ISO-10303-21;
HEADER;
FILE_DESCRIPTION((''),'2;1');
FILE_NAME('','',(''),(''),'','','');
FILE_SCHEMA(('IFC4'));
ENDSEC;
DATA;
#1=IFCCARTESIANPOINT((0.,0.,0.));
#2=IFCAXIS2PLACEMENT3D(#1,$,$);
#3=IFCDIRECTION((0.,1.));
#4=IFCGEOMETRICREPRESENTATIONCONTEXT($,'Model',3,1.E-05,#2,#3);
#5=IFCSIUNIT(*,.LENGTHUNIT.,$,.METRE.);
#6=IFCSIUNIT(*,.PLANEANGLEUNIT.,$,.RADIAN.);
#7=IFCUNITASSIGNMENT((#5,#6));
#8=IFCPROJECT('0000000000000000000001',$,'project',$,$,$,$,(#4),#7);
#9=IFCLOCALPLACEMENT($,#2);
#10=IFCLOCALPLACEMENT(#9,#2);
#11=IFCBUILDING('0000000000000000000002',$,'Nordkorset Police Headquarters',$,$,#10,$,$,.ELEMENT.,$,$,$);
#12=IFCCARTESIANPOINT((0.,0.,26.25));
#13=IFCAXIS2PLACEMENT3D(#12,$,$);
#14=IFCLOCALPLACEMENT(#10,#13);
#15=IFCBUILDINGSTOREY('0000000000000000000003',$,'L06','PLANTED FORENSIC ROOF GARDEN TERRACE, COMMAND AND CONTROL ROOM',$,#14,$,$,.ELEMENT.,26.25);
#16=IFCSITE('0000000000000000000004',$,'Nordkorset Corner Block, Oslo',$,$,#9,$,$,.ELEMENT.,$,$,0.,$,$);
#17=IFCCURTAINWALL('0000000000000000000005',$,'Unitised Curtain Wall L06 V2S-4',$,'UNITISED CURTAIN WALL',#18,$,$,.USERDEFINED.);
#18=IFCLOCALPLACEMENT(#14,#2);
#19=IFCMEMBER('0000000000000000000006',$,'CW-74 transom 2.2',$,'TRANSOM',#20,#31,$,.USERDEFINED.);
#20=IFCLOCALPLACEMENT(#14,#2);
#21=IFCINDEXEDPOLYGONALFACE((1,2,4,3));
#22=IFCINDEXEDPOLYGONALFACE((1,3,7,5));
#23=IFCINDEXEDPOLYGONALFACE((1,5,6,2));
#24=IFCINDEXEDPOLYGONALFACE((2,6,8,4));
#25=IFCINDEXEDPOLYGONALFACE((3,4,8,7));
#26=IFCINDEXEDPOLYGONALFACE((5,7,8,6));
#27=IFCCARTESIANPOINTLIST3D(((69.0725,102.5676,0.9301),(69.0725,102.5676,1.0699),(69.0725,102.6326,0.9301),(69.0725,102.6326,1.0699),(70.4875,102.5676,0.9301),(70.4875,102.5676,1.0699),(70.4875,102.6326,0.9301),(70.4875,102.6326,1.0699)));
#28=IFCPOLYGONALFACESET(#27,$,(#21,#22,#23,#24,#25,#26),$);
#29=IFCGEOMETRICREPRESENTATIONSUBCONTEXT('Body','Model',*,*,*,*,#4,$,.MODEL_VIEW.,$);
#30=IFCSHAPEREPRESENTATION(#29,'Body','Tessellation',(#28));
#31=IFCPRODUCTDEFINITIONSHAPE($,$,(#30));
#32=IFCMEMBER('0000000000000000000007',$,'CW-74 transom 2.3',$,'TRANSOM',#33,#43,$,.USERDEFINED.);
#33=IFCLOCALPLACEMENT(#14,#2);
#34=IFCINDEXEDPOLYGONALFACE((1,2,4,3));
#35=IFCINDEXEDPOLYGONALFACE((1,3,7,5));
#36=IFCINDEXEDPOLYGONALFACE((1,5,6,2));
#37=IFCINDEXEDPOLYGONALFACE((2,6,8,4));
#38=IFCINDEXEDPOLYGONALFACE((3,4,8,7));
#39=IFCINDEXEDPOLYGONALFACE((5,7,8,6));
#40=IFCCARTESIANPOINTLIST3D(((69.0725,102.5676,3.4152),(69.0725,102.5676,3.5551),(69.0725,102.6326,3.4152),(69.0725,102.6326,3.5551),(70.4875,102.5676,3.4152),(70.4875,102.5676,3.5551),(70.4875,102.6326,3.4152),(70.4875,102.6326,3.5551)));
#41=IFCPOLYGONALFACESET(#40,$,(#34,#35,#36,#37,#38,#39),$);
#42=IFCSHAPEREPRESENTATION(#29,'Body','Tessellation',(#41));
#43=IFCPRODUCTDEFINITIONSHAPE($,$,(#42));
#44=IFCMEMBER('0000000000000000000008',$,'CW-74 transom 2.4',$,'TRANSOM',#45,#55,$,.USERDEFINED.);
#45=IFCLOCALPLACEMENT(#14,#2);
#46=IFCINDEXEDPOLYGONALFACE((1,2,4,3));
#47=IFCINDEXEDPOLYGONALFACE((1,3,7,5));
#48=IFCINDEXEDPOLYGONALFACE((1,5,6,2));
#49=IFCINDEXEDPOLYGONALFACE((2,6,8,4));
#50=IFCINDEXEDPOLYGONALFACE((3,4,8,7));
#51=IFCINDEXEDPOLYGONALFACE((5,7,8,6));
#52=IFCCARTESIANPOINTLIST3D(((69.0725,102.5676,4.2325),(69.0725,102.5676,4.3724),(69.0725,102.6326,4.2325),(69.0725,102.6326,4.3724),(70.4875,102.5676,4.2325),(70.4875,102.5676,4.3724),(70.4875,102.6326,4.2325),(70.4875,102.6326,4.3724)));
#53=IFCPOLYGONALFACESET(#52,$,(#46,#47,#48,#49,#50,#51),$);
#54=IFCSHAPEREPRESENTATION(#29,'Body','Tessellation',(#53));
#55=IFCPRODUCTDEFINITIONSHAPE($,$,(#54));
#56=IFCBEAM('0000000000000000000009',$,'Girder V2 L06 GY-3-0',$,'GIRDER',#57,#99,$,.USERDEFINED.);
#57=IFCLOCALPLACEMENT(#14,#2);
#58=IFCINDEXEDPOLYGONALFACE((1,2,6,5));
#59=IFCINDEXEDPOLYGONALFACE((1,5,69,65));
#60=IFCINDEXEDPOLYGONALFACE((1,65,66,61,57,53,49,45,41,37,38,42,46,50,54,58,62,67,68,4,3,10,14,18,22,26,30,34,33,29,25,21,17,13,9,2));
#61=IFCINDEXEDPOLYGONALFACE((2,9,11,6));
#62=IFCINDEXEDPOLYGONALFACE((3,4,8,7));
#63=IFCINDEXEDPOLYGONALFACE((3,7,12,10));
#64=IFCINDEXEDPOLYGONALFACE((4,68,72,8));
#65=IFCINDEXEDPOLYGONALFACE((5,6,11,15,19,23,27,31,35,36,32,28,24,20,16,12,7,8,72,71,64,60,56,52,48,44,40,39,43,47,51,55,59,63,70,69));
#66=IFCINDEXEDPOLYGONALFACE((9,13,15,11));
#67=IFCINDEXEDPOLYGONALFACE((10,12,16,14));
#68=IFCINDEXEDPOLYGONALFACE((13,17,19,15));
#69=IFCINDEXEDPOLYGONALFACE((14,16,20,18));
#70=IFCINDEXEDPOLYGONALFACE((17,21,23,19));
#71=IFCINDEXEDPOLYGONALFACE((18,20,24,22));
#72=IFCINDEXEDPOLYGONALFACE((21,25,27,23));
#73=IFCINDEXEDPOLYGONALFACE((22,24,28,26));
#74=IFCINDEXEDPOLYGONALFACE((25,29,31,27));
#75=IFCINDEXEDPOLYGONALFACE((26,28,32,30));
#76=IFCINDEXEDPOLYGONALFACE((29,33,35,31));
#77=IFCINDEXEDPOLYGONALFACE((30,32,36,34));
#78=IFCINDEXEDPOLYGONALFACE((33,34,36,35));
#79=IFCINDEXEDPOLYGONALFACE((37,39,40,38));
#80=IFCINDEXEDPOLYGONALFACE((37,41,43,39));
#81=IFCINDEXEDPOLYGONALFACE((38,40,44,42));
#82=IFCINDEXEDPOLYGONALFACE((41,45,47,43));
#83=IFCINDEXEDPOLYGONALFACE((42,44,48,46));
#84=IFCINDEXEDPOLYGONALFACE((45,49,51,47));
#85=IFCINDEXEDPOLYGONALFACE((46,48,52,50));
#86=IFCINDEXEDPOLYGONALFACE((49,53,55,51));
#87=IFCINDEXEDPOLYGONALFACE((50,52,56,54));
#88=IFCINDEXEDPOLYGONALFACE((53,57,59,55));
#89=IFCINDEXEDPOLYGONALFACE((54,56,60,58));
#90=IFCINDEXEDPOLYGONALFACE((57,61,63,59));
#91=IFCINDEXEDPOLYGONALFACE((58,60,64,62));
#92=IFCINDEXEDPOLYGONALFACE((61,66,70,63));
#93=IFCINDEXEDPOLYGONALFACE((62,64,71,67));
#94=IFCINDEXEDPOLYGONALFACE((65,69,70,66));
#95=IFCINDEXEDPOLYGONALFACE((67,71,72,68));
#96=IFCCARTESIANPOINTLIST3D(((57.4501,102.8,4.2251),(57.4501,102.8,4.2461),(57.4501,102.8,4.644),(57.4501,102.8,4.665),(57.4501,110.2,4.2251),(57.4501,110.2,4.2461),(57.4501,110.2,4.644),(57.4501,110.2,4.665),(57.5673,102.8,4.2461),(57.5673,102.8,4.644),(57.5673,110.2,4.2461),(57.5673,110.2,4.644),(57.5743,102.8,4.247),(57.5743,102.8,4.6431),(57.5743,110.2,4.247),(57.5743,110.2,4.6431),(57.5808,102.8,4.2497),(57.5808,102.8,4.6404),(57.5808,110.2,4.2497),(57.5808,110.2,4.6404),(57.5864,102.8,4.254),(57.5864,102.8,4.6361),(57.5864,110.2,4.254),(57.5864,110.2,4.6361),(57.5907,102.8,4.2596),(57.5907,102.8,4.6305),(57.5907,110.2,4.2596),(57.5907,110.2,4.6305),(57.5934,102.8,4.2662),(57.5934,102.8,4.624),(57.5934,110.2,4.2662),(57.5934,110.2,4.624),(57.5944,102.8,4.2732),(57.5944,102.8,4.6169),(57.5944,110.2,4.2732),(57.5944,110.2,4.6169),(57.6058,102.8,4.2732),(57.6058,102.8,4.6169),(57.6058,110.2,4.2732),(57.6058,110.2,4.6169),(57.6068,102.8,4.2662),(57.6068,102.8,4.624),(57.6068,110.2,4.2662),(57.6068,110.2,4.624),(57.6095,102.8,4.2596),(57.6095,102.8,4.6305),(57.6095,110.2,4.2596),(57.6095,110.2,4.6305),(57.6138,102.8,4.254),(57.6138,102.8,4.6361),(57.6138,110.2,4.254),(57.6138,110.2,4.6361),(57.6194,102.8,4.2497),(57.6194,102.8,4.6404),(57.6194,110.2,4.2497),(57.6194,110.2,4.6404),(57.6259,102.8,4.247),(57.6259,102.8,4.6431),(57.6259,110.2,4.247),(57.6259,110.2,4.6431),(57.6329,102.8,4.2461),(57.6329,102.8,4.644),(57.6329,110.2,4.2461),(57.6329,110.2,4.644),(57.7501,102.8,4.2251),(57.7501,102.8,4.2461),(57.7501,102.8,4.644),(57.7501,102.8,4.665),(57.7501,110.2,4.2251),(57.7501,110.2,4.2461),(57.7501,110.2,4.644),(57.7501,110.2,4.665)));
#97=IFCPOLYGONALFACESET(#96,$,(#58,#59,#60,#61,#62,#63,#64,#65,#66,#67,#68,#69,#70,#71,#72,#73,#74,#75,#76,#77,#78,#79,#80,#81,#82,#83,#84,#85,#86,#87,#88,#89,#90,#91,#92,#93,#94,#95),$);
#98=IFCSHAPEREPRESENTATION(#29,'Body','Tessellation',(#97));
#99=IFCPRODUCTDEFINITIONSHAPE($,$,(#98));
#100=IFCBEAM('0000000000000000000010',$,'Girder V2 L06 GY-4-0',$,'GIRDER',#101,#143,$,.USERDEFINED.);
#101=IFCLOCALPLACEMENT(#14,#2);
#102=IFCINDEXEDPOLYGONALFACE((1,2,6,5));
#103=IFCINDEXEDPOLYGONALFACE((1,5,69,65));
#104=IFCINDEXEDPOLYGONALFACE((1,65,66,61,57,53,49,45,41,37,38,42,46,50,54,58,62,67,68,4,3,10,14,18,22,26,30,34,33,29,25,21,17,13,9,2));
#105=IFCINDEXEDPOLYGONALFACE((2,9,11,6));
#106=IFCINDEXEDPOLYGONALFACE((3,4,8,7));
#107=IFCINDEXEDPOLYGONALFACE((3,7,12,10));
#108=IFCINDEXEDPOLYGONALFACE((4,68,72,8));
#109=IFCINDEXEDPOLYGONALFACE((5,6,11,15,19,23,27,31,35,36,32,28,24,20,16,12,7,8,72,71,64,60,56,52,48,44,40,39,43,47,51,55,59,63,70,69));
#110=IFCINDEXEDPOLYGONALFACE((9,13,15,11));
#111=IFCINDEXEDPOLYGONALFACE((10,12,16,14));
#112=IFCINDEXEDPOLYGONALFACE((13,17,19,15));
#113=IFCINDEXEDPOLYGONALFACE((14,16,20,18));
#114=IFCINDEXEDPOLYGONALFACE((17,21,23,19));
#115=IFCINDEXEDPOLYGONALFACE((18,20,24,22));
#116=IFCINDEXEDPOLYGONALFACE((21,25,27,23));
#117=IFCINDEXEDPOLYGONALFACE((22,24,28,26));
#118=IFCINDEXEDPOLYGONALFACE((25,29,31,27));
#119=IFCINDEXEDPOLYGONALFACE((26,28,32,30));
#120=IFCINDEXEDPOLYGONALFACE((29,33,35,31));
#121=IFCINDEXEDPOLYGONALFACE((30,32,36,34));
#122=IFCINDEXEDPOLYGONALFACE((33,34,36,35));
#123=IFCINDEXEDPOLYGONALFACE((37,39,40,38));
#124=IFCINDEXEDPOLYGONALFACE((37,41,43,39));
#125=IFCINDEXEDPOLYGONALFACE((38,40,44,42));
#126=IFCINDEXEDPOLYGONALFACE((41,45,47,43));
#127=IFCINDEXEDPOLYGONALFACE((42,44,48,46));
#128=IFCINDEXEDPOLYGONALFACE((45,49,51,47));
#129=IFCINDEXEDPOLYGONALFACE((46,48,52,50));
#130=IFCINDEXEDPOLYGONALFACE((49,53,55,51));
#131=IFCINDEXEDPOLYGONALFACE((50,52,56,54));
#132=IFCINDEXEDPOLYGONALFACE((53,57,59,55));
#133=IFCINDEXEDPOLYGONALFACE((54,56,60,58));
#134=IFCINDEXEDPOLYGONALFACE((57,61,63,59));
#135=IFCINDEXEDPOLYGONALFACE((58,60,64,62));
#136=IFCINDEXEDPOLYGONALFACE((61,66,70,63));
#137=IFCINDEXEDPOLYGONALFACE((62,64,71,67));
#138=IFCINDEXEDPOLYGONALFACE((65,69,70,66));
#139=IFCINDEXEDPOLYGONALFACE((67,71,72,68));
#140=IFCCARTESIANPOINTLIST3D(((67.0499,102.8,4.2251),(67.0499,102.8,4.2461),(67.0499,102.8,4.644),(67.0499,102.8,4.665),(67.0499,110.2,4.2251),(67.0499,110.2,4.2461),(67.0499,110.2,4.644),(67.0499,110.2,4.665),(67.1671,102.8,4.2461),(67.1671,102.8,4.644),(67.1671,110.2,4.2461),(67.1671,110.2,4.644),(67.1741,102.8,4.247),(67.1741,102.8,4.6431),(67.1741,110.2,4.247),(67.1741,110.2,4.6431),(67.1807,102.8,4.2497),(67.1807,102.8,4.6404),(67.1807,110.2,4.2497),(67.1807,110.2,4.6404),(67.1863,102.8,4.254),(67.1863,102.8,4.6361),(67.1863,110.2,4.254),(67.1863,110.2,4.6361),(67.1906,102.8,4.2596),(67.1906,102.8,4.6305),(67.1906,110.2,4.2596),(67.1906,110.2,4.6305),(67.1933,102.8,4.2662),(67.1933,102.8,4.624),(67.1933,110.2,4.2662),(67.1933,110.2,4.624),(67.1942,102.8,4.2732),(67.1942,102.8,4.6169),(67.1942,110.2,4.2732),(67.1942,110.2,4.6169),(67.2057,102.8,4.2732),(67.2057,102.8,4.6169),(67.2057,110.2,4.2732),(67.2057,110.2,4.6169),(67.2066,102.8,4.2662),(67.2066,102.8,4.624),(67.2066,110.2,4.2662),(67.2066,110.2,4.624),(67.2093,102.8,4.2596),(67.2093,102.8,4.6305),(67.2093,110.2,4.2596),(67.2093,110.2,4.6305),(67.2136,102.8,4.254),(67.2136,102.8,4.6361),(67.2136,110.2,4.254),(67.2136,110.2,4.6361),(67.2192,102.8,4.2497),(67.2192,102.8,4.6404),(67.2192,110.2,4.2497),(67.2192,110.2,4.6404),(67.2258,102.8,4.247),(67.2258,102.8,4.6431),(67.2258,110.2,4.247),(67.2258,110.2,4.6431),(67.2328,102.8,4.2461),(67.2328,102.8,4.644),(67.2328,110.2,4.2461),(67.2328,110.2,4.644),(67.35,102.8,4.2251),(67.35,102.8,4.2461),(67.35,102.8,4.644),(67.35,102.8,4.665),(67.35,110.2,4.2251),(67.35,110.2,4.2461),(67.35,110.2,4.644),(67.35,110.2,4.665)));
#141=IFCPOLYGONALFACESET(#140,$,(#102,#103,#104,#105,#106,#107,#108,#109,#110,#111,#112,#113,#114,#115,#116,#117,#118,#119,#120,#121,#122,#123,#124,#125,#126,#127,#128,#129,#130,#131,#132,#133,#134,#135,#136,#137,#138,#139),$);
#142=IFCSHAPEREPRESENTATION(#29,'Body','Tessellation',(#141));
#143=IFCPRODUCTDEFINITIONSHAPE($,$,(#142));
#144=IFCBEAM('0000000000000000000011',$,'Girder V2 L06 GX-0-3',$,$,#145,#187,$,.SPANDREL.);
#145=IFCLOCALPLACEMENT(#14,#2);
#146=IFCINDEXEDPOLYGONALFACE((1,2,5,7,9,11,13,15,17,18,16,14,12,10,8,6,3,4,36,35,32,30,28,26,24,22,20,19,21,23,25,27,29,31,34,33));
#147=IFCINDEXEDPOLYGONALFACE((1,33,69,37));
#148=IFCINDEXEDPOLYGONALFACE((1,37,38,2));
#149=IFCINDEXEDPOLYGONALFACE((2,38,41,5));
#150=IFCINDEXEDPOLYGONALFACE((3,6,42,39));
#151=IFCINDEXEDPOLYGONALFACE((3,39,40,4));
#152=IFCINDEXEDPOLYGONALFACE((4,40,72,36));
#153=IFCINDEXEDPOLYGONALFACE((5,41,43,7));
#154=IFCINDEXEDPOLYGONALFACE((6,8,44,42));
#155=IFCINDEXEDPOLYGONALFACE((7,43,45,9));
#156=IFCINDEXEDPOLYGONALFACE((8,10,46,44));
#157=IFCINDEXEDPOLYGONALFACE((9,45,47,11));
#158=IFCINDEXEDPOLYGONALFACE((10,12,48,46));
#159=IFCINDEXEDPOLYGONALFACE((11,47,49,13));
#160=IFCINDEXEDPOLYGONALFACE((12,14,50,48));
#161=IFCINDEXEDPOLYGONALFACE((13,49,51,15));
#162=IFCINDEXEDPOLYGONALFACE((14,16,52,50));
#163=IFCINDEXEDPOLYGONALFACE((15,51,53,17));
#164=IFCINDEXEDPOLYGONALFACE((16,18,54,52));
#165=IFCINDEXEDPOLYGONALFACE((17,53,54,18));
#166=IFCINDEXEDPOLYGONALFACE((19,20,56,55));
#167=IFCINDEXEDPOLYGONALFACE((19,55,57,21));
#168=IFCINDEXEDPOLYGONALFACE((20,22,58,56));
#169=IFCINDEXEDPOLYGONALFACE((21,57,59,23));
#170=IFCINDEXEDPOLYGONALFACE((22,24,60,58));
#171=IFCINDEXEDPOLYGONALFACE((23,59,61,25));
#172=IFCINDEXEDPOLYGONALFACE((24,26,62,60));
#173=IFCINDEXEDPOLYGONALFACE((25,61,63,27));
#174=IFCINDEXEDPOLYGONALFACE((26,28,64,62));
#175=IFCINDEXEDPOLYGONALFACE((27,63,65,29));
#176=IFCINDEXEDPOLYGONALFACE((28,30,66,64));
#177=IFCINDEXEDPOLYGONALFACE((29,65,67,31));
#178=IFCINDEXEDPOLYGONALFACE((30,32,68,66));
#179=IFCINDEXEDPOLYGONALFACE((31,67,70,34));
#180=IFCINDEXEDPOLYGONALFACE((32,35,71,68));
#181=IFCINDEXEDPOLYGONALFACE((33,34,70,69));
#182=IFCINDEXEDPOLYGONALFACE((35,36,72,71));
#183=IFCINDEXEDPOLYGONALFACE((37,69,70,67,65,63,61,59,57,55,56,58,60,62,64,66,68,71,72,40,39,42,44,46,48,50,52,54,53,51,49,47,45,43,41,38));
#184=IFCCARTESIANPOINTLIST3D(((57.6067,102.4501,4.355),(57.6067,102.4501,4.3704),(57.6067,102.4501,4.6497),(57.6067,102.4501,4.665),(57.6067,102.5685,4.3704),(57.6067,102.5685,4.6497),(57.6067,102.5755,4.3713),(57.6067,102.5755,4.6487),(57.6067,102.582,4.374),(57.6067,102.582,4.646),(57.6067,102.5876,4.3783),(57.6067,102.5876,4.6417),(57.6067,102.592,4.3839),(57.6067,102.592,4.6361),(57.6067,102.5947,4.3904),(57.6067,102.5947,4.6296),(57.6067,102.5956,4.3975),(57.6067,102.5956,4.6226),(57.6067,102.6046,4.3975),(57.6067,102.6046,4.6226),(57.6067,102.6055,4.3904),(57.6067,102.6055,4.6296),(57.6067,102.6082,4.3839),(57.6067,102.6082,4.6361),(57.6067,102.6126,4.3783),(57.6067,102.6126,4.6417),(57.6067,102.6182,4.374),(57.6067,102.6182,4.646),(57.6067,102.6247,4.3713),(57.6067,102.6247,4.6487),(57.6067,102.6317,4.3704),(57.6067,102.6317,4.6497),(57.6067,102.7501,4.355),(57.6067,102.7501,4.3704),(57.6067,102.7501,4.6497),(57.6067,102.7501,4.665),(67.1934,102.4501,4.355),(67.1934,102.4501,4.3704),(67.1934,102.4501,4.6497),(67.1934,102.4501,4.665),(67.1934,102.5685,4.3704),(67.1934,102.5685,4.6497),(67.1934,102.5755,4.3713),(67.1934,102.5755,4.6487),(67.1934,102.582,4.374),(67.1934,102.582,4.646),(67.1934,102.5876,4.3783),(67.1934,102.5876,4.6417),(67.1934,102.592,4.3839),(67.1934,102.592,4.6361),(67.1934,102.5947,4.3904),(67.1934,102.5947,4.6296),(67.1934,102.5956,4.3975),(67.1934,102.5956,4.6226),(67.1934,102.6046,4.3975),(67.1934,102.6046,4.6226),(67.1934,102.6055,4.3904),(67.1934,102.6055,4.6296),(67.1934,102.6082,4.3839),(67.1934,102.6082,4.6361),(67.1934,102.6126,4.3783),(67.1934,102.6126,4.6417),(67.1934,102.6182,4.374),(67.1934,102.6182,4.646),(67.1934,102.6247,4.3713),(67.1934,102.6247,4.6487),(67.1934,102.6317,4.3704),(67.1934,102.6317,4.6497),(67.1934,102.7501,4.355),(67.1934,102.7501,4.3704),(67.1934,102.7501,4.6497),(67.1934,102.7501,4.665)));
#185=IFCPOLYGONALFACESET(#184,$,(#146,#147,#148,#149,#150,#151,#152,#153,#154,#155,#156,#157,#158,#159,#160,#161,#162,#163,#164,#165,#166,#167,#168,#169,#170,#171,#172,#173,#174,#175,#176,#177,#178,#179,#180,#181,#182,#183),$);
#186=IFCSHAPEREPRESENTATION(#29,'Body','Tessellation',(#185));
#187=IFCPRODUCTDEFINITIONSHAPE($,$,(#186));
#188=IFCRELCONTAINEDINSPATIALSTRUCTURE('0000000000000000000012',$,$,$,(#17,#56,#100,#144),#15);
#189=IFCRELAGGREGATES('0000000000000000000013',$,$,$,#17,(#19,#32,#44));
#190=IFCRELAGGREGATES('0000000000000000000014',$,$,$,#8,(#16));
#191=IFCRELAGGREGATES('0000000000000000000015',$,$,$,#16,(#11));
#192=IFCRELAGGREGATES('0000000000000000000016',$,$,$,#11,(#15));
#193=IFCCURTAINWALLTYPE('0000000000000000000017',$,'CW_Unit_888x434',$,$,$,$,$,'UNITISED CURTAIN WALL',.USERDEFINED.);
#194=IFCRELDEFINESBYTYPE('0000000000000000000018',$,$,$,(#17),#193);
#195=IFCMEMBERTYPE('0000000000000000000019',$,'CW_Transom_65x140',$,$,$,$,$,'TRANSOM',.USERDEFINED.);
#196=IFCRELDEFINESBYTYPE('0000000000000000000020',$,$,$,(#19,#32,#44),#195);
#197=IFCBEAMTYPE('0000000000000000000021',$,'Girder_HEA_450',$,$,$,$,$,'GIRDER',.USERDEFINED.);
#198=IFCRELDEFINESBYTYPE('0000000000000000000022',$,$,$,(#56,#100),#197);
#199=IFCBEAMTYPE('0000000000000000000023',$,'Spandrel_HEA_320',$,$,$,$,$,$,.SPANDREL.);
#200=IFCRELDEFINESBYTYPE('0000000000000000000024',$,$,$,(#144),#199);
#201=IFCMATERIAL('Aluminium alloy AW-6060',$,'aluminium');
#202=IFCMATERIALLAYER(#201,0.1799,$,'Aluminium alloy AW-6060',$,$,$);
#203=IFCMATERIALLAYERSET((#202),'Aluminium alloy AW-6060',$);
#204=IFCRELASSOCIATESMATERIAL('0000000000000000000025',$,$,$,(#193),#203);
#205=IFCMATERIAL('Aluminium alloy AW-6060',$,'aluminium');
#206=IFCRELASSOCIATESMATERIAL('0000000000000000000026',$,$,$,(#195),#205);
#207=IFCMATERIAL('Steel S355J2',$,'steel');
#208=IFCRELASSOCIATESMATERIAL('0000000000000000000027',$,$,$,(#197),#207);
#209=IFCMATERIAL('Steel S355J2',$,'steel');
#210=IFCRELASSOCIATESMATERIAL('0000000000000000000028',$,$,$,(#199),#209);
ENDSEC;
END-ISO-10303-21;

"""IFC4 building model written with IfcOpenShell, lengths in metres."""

from ifc_helpers import new_model, si_unit, direction, frame, origin, origin_2d, place, context, subcontext, project, spatial, rectangle, i_section, extrude, material, layer, layer_set, material_profile, profile_set, type_object, element, aggregate, save


model = new_model("IFC4")

# Units and contexts
model_context = context("Model", 3, precision=1e-05, world=origin(), true_north=direction((0.0, 1.0)))
body_context = subcontext(model_context, "Body", "Model", "MODEL_VIEW")
ifc_project = project(units=[si_unit("LENGTHUNIT", "METRE"), si_unit("PLANEANGLEUNIT", "RADIAN")], contexts=[model_context])

# Site, building, storey
site_placement = place(None, origin())
site = spatial("IfcSite", under=ifc_project, at=site_placement, Name="Nordkorset Corner Block, Oslo", CompositionType="ELEMENT", RefElevation=0.0)
building_placement = place(site_placement, origin())
building = spatial("IfcBuilding", under=site, at=building_placement, Name="Nordkorset Police Headquarters", CompositionType="ELEMENT")
storey_placement = place(building_placement, frame((0.0, 0.0, 26.25)))
storey = spatial("IfcBuildingStorey", under=building, at=storey_placement, Name="L06", Description="PLANTED FORENSIC ROOF GARDEN TERRACE, COMMAND AND CONTROL ROOM", CompositionType="ELEMENT", Elevation=26.25)

# Curtain wall, members
ifc_material_1 = material(Name="Aluminium alloy AW-6060", Category="aluminium")
ifc_layer_1 = layer(ifc_material_1, 0.1799, Name="Aluminium alloy AW-6060")
ifc_layer_set_1 = layer_set([ifc_layer_1], Name="Aluminium alloy AW-6060")
curtain_wall_type = type_object("IfcCurtainWallType", Name="CW_Unit_888x434", ElementType="UNITISED CURTAIN WALL", PredefinedType="USERDEFINED", material=ifc_layer_set_1)
curtain_wall_placement = place(storey_placement, origin())
curtain_wall = element("IfcCurtainWall", 1, at=curtain_wall_placement, inside=storey, type_object=curtain_wall_type, Name="Unitised Curtain Wall L06 V2S-4", ObjectType="UNITISED CURTAIN WALL", PredefinedType="USERDEFINED")
ifc_material_2 = material(Name="Aluminium alloy AW-6060", Category="aluminium")
ifc_material_profile_1 = material_profile(ifc_material_2, rectangle(XDim=0.0649, YDim=0.1399, at=origin_2d()), Name="ALU TRAN 65x140")
ifc_profile_set_1 = profile_set([ifc_material_profile_1], Name="Aluminium alloy AW-6060")
member_type_1 = type_object("IfcMemberType", Name="CW_Transom_65x140", ElementType="TRANSOM", PredefinedType="USERDEFINED", material=ifc_profile_set_1)
member_1_placement = place(storey_placement, frame((69.0725, 102.6001, 1.0), z_axis=(1.0, 0.0, 0.0), x_axis=(0.0, 1.0, 0.0)))
member_1 = element("IfcMember", 2, at=member_1_placement, type_object=member_type_1, Name="CW-74 transom 2.2", ObjectType="TRANSOM", PredefinedType="USERDEFINED", context=body_context, shape_type="SweptSolid", body=[
    extrude(rectangle(XDim=0.0649, YDim=0.1399, at=origin_2d()), origin(), (0.0, 0.0, 1.0), 1.415),
])
member_2_placement = place(storey_placement, frame((69.0725, 102.6001, 3.4851), z_axis=(1.0, 0.0, 0.0), x_axis=(0.0, 1.0, 0.0)))
member_2 = element("IfcMember", 3, at=member_2_placement, type_object=member_type_1, Name="CW-74 transom 2.3", ObjectType="TRANSOM", PredefinedType="USERDEFINED", context=body_context, shape_type="SweptSolid", body=[
    extrude(rectangle(XDim=0.0649, YDim=0.1399, at=origin_2d()), origin(), (0.0, 0.0, 1.0), 1.415),
])
member_3_placement = place(storey_placement, frame((69.0725, 102.6001, 4.3025), z_axis=(1.0, 0.0, 0.0), x_axis=(0.0, 1.0, 0.0)))
member_3 = element("IfcMember", 4, at=member_3_placement, type_object=member_type_1, Name="CW-74 transom 2.4", ObjectType="TRANSOM", PredefinedType="USERDEFINED", context=body_context, shape_type="SweptSolid", body=[
    extrude(rectangle(XDim=0.0649, YDim=0.1399, at=origin_2d()), origin(), (0.0, 0.0, 1.0), 1.415),
])

# Beams
ifc_material_3 = material(Name="Steel S355J2", Category="steel")
ifc_material_profile_2 = material_profile(ifc_material_3, i_section(OverallWidth=0.3, OverallDepth=0.4399, WebThickness=0.0115, FlangeThickness=0.021, FilletRadius=0.0271, at=origin_2d()), Name="HEA 450")
ifc_profile_set_2 = profile_set([ifc_material_profile_2], Name="Steel S355J2")
beam_type_1 = type_object("IfcBeamType", Name="Girder_HEA_450", ElementType="GIRDER", PredefinedType="USERDEFINED", material=ifc_profile_set_2)
for number, where, z_axis, x_axis, name in (
    (5, (57.6001, 102.8, 4.4451), (0.0, 1.0, 0.0), (-1.0, 0.0, 0.0), "Girder V2 L06 GY-3-0"),
    (6, (67.2, 102.8, 4.4451), (0.0, 1.0, 0.0), (-1.0, 0.0, 0.0), "Girder V2 L06 GY-4-0"),
):
    element("IfcBeam", number, at=place(storey_placement, frame(where, z_axis=z_axis, x_axis=x_axis)), inside=storey, type_object=beam_type_1, Name=name, ObjectType="GIRDER", PredefinedType="USERDEFINED", context=body_context, shape_type="SweptSolid", body=[
        extrude(i_section(OverallWidth=0.3, OverallDepth=0.4399, WebThickness=0.0115, FlangeThickness=0.021, FilletRadius=0.0271, at=origin_2d()), origin(), (0.0, 0.0, 1.0), 7.3999),
    ])
ifc_material_4 = material(Name="Steel S355J2", Category="steel")
ifc_material_profile_3 = material_profile(ifc_material_4, i_section(OverallWidth=0.3, OverallDepth=0.3101, WebThickness=0.009, FlangeThickness=0.0154, FilletRadius=0.0271, at=origin_2d()), Name="HEA 320")
ifc_profile_set_3 = profile_set([ifc_material_profile_3], Name="Steel S355J2")
beam_type_2 = type_object("IfcBeamType", Name="Spandrel_HEA_320", PredefinedType="SPANDREL", material=ifc_profile_set_3)
beam_1_placement = place(storey_placement, frame((57.6067, 102.6001, 4.51), z_axis=(1.0, 0.0, 0.0), x_axis=(0.0, 1.0, 0.0)))
element("IfcBeam", 7, at=beam_1_placement, inside=storey, type_object=beam_type_2, Name="Girder V2 L06 GX-0-3", PredefinedType="SPANDREL", context=body_context, shape_type="SweptSolid", body=[
    extrude(i_section(OverallWidth=0.3, OverallDepth=0.3101, WebThickness=0.009, FlangeThickness=0.0154, FilletRadius=0.0271, at=origin_2d()), origin(), (0.0, 0.0, 1.0), 9.5867),
])

aggregate(curtain_wall, [member_1, member_2, member_3])

save(model, "model.ifc")
